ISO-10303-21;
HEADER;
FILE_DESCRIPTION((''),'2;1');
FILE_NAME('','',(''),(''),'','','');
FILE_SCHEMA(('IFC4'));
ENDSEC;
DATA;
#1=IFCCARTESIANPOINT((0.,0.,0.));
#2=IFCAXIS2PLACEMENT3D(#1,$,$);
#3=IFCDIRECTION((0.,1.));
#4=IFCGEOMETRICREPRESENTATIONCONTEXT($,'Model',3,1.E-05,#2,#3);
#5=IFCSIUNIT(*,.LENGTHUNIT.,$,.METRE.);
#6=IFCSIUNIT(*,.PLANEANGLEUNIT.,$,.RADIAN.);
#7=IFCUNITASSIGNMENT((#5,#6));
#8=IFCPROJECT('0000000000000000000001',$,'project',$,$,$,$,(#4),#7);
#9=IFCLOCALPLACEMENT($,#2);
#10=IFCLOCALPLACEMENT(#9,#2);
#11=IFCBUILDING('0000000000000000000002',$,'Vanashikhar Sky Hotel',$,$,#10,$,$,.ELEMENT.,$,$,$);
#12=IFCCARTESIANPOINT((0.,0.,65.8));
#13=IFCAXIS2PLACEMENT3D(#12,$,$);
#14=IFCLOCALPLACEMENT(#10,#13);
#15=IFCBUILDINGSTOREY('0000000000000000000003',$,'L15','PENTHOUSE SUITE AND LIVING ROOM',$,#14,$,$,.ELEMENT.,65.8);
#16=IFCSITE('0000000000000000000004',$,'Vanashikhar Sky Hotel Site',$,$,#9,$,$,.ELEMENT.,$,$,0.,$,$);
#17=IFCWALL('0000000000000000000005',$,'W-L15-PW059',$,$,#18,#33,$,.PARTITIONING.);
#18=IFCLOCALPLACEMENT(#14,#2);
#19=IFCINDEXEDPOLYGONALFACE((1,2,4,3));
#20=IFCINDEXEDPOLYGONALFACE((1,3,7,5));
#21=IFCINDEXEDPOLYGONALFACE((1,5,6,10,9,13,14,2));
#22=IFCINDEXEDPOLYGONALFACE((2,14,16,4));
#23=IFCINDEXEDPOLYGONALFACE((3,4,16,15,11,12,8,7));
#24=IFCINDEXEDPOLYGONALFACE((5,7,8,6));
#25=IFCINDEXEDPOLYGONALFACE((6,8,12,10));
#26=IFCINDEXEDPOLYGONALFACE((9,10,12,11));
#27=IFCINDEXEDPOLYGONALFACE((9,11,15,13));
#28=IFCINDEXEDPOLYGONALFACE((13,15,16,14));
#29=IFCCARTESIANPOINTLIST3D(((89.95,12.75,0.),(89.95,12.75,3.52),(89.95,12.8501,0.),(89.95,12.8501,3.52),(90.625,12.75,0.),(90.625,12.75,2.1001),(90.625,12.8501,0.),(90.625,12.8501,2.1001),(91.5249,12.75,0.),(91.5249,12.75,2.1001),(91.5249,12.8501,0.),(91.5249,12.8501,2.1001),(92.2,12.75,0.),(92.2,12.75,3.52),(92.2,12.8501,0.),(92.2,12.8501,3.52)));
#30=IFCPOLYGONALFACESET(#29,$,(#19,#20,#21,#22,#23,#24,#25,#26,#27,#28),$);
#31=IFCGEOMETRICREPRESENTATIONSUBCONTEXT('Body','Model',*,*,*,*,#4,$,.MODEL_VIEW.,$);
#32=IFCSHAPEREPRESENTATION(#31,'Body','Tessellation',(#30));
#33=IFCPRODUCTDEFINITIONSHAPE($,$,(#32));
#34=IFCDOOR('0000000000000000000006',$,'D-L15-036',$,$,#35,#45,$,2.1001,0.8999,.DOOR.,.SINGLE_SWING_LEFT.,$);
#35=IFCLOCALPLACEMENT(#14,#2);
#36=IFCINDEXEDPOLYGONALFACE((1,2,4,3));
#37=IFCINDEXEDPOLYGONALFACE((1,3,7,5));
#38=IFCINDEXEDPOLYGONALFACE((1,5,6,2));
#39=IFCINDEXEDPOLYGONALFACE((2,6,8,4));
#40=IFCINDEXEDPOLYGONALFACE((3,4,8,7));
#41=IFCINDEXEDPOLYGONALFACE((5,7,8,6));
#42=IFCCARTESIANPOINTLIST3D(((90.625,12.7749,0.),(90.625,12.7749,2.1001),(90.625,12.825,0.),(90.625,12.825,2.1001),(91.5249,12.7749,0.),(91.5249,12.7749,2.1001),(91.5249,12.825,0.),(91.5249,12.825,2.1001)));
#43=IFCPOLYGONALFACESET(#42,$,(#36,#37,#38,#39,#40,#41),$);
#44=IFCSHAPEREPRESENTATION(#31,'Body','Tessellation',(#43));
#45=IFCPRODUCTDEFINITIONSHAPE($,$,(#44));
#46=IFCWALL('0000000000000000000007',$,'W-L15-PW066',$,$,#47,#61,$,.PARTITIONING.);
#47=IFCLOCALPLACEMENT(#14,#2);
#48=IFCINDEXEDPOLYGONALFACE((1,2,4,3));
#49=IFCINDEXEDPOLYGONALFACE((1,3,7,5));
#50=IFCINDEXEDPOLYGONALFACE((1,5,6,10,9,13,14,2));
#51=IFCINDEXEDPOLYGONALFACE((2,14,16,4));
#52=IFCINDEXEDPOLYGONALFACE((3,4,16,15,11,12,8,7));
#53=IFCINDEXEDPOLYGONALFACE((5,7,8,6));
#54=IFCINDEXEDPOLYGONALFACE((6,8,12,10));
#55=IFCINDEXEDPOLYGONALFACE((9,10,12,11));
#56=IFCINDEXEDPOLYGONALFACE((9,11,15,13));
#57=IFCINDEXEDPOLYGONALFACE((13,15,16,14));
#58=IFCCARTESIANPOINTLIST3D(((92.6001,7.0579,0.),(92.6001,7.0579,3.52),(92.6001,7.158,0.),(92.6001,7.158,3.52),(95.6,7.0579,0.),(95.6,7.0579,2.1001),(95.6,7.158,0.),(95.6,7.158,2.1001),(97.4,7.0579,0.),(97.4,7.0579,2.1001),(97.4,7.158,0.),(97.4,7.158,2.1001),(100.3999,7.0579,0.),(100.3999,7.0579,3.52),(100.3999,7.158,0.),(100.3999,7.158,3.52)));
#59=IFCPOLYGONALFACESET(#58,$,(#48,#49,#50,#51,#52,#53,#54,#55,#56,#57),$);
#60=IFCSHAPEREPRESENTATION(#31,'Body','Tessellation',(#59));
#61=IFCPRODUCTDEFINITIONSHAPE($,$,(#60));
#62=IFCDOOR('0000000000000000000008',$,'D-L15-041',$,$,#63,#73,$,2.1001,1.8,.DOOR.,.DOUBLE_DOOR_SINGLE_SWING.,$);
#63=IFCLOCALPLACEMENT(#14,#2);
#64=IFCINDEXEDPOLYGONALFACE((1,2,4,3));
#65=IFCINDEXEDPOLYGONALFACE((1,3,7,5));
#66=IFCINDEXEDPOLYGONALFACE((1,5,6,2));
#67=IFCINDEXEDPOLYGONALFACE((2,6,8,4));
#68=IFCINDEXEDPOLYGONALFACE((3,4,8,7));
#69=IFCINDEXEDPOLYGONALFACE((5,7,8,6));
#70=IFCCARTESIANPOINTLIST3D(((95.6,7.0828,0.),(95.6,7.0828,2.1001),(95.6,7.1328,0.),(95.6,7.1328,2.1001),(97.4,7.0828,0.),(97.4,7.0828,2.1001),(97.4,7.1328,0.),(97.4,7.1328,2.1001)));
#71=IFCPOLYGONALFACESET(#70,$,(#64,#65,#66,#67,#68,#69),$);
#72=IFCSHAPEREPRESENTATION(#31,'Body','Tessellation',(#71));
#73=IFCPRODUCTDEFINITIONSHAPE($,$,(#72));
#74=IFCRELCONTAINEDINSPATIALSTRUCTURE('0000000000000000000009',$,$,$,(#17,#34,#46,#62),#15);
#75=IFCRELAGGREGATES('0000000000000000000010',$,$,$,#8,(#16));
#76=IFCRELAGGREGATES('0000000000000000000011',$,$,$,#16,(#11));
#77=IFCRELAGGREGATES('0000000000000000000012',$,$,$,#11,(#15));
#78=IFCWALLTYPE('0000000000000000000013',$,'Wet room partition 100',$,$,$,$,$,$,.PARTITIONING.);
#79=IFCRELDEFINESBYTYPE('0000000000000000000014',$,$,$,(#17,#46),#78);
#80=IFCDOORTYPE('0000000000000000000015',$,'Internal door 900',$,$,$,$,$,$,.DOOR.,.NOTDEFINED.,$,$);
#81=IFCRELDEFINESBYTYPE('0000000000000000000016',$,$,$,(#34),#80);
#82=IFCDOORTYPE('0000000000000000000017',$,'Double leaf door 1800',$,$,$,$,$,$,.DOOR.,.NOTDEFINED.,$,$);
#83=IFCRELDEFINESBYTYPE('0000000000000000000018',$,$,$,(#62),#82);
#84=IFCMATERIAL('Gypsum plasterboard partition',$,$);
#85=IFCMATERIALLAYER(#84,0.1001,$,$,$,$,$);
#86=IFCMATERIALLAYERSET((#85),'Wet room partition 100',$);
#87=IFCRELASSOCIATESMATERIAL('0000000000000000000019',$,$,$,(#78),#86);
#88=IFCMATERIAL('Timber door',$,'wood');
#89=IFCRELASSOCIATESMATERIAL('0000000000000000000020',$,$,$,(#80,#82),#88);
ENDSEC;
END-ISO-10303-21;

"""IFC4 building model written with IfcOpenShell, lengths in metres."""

from ifc_helpers import new_model, si_unit, direction, frame, frame_2d, origin, place, context, subcontext, project, spatial, rectangle, extrude, source, transform, mapped, material, layer, layer_set, type_object, element, fill, save


model = new_model("IFC4")

# Units and contexts
model_context = context("Model", 3, precision=1e-05, world=origin(), true_north=direction((0.0, 1.0)))
body_context = subcontext(model_context, "Body", "Model", "MODEL_VIEW")
ifc_project = project(units=[si_unit("LENGTHUNIT", "METRE"), si_unit("PLANEANGLEUNIT", "RADIAN")], contexts=[model_context])

# Site, building, storey
site_placement = place(None, origin())
site = spatial("IfcSite", under=ifc_project, at=site_placement, Name="Vanashikhar Sky Hotel Site", CompositionType="ELEMENT", RefElevation=0.0)
building_placement = place(site_placement, origin())
building = spatial("IfcBuilding", under=site, at=building_placement, Name="Vanashikhar Sky Hotel", CompositionType="ELEMENT")
storey_placement = place(building_placement, frame((0.0, 0.0, 65.8)))
storey = spatial("IfcBuildingStorey", under=building, at=storey_placement, Name="L15", Description="PENTHOUSE SUITE AND LIVING ROOM", CompositionType="ELEMENT", Elevation=65.8)

# Shared definitions
ifc_material_1 = material(Name="Gypsum plasterboard partition")
ifc_layer_1 = layer(ifc_material_1, 0.1001)
ifc_layer_set_1 = layer_set([ifc_layer_1], Name="Wet room partition 100")
wall_type_1 = type_object("IfcWallType", Name="Wet room partition 100", PredefinedType="PARTITIONING", material=ifc_layer_set_1)
shared_shape_1 = source(origin(), body_context, "Body", "SweptSolid", [
    extrude(rectangle(XDim=0.8999, YDim=2.1001, at=frame_2d((0.45, 1.05))), frame((0.0, 0.0601, 0.0), z_axis=(0.0, -1.0, 0.0), x_axis=(1.0, 0.0, 0.0)), (0.0, 0.0, 1.0), 0.1201),
])
ifc_material_2 = material(Name="Timber door", Category="wood")
door_type_1 = type_object("IfcDoorType", Name="Internal door 900", OperationType="NOTDEFINED", PredefinedType="DOOR", material=ifc_material_2)
shared_shape_2 = source(origin(), body_context, "Body", "SweptSolid", [
    extrude(rectangle(XDim=0.8999, YDim=2.1001, at=frame_2d((0.45, 1.05))), frame((0.0, 0.0249, 0.0), z_axis=(0.0, -1.0, 0.0), x_axis=(1.0, 0.0, 0.0)), (0.0, 0.0, 1.0), 0.05),
])

# Walls, openings, doors
shared_shape_3 = source(origin(), body_context, "Body", "SweptSolid", [
    extrude(rectangle(XDim=2.25, YDim=0.1001, at=frame_2d((1.125, 0.0))), origin(), (0.0, 0.0, 1.0), 3.52),
])
wall_1_placement = place(storey_placement, frame((89.95, 12.8, 0.0), z_axis=(0.0, 0.0, 1.0), x_axis=(1.0, 0.0, 0.0)))
wall_1 = element("IfcWall", 1, at=wall_1_placement, inside=storey, type_object=wall_type_1, Name="W-L15-PW059", PredefinedType="PARTITIONING", context=body_context, shape_type="MappedRepresentation", body=[
    mapped(shared_shape_3, transform((0.0, 0.0, 0.0), scale=1.0)),
])
opening_1_placement = place(wall_1_placement, frame((0.675, 0.0, 0.0)))
opening_1 = element("IfcOpeningElement", 2, at=opening_1_placement, cuts=wall_1, PredefinedType="OPENING", context=body_context, shape_type="MappedRepresentation", body=[
    mapped(shared_shape_1, transform((0.0, 0.0, 0.0), scale=1.0)),
])
door_1_placement = place(opening_1_placement, origin())
door_1 = element("IfcDoor", 3, at=door_1_placement, inside=storey, type_object=door_type_1, Name="D-L15-036", OperationType="SINGLE_SWING_LEFT", OverallHeight=2.1001, OverallWidth=0.8999, PredefinedType="DOOR", context=body_context, shape_type="MappedRepresentation", body=[
    mapped(shared_shape_2, transform((0.0, 0.0, 0.0), scale=1.0)),
])
fill(opening_1, door_1)
shared_shape_4 = source(origin(), body_context, "Body", "SweptSolid", [
    extrude(rectangle(XDim=7.7998, YDim=0.1001, at=frame_2d((3.8999, 0.0))), origin(), (0.0, 0.0, 1.0), 3.52),
])
wall_2_placement = place(storey_placement, frame((92.6001, 7.1079, 0.0), z_axis=(0.0, 0.0, 1.0), x_axis=(1.0, 0.0, 0.0)))
wall_2 = element("IfcWall", 4, at=wall_2_placement, inside=storey, type_object=wall_type_1, Name="W-L15-PW066", PredefinedType="PARTITIONING", context=body_context, shape_type="MappedRepresentation", body=[
    mapped(shared_shape_4, transform((0.0, 0.0, 0.0), scale=1.0)),
])
shared_shape_5 = source(origin(), body_context, "Body", "SweptSolid", [
    extrude(rectangle(XDim=1.8, YDim=2.1001, at=frame_2d((0.8999, 1.05))), frame((0.0, 0.0601, 0.0), z_axis=(0.0, -1.0, 0.0), x_axis=(1.0, 0.0, 0.0)), (0.0, 0.0, 1.0), 0.1201),
])
opening_2_placement = place(wall_2_placement, frame((3.0, 0.0, 0.0)))
opening_2 = element("IfcOpeningElement", 5, at=opening_2_placement, cuts=wall_2, PredefinedType="OPENING", context=body_context, shape_type="MappedRepresentation", body=[
    mapped(shared_shape_5, transform((0.0, 0.0, 0.0), scale=1.0)),
])
door_type_2 = type_object("IfcDoorType", Name="Double leaf door 1800", OperationType="NOTDEFINED", PredefinedType="DOOR", material=ifc_material_2)
shared_shape_6 = source(origin(), body_context, "Body", "SweptSolid", [
    extrude(rectangle(XDim=1.8, YDim=2.1001, at=frame_2d((0.8999, 1.05))), frame((0.0, 0.0249, 0.0), z_axis=(0.0, -1.0, 0.0), x_axis=(1.0, 0.0, 0.0)), (0.0, 0.0, 1.0), 0.05),
])
door_2_placement = place(opening_2_placement, origin())
door_2 = element("IfcDoor", 6, at=door_2_placement, inside=storey, type_object=door_type_2, Name="D-L15-041", OperationType="DOUBLE_DOOR_SINGLE_SWING", OverallHeight=2.1001, OverallWidth=1.8, PredefinedType="DOOR", context=body_context, shape_type="MappedRepresentation", body=[
    mapped(shared_shape_6, transform((0.0, 0.0, 0.0), scale=1.0)),
])
fill(opening_2, door_2)

save(model, "model.ifc")
